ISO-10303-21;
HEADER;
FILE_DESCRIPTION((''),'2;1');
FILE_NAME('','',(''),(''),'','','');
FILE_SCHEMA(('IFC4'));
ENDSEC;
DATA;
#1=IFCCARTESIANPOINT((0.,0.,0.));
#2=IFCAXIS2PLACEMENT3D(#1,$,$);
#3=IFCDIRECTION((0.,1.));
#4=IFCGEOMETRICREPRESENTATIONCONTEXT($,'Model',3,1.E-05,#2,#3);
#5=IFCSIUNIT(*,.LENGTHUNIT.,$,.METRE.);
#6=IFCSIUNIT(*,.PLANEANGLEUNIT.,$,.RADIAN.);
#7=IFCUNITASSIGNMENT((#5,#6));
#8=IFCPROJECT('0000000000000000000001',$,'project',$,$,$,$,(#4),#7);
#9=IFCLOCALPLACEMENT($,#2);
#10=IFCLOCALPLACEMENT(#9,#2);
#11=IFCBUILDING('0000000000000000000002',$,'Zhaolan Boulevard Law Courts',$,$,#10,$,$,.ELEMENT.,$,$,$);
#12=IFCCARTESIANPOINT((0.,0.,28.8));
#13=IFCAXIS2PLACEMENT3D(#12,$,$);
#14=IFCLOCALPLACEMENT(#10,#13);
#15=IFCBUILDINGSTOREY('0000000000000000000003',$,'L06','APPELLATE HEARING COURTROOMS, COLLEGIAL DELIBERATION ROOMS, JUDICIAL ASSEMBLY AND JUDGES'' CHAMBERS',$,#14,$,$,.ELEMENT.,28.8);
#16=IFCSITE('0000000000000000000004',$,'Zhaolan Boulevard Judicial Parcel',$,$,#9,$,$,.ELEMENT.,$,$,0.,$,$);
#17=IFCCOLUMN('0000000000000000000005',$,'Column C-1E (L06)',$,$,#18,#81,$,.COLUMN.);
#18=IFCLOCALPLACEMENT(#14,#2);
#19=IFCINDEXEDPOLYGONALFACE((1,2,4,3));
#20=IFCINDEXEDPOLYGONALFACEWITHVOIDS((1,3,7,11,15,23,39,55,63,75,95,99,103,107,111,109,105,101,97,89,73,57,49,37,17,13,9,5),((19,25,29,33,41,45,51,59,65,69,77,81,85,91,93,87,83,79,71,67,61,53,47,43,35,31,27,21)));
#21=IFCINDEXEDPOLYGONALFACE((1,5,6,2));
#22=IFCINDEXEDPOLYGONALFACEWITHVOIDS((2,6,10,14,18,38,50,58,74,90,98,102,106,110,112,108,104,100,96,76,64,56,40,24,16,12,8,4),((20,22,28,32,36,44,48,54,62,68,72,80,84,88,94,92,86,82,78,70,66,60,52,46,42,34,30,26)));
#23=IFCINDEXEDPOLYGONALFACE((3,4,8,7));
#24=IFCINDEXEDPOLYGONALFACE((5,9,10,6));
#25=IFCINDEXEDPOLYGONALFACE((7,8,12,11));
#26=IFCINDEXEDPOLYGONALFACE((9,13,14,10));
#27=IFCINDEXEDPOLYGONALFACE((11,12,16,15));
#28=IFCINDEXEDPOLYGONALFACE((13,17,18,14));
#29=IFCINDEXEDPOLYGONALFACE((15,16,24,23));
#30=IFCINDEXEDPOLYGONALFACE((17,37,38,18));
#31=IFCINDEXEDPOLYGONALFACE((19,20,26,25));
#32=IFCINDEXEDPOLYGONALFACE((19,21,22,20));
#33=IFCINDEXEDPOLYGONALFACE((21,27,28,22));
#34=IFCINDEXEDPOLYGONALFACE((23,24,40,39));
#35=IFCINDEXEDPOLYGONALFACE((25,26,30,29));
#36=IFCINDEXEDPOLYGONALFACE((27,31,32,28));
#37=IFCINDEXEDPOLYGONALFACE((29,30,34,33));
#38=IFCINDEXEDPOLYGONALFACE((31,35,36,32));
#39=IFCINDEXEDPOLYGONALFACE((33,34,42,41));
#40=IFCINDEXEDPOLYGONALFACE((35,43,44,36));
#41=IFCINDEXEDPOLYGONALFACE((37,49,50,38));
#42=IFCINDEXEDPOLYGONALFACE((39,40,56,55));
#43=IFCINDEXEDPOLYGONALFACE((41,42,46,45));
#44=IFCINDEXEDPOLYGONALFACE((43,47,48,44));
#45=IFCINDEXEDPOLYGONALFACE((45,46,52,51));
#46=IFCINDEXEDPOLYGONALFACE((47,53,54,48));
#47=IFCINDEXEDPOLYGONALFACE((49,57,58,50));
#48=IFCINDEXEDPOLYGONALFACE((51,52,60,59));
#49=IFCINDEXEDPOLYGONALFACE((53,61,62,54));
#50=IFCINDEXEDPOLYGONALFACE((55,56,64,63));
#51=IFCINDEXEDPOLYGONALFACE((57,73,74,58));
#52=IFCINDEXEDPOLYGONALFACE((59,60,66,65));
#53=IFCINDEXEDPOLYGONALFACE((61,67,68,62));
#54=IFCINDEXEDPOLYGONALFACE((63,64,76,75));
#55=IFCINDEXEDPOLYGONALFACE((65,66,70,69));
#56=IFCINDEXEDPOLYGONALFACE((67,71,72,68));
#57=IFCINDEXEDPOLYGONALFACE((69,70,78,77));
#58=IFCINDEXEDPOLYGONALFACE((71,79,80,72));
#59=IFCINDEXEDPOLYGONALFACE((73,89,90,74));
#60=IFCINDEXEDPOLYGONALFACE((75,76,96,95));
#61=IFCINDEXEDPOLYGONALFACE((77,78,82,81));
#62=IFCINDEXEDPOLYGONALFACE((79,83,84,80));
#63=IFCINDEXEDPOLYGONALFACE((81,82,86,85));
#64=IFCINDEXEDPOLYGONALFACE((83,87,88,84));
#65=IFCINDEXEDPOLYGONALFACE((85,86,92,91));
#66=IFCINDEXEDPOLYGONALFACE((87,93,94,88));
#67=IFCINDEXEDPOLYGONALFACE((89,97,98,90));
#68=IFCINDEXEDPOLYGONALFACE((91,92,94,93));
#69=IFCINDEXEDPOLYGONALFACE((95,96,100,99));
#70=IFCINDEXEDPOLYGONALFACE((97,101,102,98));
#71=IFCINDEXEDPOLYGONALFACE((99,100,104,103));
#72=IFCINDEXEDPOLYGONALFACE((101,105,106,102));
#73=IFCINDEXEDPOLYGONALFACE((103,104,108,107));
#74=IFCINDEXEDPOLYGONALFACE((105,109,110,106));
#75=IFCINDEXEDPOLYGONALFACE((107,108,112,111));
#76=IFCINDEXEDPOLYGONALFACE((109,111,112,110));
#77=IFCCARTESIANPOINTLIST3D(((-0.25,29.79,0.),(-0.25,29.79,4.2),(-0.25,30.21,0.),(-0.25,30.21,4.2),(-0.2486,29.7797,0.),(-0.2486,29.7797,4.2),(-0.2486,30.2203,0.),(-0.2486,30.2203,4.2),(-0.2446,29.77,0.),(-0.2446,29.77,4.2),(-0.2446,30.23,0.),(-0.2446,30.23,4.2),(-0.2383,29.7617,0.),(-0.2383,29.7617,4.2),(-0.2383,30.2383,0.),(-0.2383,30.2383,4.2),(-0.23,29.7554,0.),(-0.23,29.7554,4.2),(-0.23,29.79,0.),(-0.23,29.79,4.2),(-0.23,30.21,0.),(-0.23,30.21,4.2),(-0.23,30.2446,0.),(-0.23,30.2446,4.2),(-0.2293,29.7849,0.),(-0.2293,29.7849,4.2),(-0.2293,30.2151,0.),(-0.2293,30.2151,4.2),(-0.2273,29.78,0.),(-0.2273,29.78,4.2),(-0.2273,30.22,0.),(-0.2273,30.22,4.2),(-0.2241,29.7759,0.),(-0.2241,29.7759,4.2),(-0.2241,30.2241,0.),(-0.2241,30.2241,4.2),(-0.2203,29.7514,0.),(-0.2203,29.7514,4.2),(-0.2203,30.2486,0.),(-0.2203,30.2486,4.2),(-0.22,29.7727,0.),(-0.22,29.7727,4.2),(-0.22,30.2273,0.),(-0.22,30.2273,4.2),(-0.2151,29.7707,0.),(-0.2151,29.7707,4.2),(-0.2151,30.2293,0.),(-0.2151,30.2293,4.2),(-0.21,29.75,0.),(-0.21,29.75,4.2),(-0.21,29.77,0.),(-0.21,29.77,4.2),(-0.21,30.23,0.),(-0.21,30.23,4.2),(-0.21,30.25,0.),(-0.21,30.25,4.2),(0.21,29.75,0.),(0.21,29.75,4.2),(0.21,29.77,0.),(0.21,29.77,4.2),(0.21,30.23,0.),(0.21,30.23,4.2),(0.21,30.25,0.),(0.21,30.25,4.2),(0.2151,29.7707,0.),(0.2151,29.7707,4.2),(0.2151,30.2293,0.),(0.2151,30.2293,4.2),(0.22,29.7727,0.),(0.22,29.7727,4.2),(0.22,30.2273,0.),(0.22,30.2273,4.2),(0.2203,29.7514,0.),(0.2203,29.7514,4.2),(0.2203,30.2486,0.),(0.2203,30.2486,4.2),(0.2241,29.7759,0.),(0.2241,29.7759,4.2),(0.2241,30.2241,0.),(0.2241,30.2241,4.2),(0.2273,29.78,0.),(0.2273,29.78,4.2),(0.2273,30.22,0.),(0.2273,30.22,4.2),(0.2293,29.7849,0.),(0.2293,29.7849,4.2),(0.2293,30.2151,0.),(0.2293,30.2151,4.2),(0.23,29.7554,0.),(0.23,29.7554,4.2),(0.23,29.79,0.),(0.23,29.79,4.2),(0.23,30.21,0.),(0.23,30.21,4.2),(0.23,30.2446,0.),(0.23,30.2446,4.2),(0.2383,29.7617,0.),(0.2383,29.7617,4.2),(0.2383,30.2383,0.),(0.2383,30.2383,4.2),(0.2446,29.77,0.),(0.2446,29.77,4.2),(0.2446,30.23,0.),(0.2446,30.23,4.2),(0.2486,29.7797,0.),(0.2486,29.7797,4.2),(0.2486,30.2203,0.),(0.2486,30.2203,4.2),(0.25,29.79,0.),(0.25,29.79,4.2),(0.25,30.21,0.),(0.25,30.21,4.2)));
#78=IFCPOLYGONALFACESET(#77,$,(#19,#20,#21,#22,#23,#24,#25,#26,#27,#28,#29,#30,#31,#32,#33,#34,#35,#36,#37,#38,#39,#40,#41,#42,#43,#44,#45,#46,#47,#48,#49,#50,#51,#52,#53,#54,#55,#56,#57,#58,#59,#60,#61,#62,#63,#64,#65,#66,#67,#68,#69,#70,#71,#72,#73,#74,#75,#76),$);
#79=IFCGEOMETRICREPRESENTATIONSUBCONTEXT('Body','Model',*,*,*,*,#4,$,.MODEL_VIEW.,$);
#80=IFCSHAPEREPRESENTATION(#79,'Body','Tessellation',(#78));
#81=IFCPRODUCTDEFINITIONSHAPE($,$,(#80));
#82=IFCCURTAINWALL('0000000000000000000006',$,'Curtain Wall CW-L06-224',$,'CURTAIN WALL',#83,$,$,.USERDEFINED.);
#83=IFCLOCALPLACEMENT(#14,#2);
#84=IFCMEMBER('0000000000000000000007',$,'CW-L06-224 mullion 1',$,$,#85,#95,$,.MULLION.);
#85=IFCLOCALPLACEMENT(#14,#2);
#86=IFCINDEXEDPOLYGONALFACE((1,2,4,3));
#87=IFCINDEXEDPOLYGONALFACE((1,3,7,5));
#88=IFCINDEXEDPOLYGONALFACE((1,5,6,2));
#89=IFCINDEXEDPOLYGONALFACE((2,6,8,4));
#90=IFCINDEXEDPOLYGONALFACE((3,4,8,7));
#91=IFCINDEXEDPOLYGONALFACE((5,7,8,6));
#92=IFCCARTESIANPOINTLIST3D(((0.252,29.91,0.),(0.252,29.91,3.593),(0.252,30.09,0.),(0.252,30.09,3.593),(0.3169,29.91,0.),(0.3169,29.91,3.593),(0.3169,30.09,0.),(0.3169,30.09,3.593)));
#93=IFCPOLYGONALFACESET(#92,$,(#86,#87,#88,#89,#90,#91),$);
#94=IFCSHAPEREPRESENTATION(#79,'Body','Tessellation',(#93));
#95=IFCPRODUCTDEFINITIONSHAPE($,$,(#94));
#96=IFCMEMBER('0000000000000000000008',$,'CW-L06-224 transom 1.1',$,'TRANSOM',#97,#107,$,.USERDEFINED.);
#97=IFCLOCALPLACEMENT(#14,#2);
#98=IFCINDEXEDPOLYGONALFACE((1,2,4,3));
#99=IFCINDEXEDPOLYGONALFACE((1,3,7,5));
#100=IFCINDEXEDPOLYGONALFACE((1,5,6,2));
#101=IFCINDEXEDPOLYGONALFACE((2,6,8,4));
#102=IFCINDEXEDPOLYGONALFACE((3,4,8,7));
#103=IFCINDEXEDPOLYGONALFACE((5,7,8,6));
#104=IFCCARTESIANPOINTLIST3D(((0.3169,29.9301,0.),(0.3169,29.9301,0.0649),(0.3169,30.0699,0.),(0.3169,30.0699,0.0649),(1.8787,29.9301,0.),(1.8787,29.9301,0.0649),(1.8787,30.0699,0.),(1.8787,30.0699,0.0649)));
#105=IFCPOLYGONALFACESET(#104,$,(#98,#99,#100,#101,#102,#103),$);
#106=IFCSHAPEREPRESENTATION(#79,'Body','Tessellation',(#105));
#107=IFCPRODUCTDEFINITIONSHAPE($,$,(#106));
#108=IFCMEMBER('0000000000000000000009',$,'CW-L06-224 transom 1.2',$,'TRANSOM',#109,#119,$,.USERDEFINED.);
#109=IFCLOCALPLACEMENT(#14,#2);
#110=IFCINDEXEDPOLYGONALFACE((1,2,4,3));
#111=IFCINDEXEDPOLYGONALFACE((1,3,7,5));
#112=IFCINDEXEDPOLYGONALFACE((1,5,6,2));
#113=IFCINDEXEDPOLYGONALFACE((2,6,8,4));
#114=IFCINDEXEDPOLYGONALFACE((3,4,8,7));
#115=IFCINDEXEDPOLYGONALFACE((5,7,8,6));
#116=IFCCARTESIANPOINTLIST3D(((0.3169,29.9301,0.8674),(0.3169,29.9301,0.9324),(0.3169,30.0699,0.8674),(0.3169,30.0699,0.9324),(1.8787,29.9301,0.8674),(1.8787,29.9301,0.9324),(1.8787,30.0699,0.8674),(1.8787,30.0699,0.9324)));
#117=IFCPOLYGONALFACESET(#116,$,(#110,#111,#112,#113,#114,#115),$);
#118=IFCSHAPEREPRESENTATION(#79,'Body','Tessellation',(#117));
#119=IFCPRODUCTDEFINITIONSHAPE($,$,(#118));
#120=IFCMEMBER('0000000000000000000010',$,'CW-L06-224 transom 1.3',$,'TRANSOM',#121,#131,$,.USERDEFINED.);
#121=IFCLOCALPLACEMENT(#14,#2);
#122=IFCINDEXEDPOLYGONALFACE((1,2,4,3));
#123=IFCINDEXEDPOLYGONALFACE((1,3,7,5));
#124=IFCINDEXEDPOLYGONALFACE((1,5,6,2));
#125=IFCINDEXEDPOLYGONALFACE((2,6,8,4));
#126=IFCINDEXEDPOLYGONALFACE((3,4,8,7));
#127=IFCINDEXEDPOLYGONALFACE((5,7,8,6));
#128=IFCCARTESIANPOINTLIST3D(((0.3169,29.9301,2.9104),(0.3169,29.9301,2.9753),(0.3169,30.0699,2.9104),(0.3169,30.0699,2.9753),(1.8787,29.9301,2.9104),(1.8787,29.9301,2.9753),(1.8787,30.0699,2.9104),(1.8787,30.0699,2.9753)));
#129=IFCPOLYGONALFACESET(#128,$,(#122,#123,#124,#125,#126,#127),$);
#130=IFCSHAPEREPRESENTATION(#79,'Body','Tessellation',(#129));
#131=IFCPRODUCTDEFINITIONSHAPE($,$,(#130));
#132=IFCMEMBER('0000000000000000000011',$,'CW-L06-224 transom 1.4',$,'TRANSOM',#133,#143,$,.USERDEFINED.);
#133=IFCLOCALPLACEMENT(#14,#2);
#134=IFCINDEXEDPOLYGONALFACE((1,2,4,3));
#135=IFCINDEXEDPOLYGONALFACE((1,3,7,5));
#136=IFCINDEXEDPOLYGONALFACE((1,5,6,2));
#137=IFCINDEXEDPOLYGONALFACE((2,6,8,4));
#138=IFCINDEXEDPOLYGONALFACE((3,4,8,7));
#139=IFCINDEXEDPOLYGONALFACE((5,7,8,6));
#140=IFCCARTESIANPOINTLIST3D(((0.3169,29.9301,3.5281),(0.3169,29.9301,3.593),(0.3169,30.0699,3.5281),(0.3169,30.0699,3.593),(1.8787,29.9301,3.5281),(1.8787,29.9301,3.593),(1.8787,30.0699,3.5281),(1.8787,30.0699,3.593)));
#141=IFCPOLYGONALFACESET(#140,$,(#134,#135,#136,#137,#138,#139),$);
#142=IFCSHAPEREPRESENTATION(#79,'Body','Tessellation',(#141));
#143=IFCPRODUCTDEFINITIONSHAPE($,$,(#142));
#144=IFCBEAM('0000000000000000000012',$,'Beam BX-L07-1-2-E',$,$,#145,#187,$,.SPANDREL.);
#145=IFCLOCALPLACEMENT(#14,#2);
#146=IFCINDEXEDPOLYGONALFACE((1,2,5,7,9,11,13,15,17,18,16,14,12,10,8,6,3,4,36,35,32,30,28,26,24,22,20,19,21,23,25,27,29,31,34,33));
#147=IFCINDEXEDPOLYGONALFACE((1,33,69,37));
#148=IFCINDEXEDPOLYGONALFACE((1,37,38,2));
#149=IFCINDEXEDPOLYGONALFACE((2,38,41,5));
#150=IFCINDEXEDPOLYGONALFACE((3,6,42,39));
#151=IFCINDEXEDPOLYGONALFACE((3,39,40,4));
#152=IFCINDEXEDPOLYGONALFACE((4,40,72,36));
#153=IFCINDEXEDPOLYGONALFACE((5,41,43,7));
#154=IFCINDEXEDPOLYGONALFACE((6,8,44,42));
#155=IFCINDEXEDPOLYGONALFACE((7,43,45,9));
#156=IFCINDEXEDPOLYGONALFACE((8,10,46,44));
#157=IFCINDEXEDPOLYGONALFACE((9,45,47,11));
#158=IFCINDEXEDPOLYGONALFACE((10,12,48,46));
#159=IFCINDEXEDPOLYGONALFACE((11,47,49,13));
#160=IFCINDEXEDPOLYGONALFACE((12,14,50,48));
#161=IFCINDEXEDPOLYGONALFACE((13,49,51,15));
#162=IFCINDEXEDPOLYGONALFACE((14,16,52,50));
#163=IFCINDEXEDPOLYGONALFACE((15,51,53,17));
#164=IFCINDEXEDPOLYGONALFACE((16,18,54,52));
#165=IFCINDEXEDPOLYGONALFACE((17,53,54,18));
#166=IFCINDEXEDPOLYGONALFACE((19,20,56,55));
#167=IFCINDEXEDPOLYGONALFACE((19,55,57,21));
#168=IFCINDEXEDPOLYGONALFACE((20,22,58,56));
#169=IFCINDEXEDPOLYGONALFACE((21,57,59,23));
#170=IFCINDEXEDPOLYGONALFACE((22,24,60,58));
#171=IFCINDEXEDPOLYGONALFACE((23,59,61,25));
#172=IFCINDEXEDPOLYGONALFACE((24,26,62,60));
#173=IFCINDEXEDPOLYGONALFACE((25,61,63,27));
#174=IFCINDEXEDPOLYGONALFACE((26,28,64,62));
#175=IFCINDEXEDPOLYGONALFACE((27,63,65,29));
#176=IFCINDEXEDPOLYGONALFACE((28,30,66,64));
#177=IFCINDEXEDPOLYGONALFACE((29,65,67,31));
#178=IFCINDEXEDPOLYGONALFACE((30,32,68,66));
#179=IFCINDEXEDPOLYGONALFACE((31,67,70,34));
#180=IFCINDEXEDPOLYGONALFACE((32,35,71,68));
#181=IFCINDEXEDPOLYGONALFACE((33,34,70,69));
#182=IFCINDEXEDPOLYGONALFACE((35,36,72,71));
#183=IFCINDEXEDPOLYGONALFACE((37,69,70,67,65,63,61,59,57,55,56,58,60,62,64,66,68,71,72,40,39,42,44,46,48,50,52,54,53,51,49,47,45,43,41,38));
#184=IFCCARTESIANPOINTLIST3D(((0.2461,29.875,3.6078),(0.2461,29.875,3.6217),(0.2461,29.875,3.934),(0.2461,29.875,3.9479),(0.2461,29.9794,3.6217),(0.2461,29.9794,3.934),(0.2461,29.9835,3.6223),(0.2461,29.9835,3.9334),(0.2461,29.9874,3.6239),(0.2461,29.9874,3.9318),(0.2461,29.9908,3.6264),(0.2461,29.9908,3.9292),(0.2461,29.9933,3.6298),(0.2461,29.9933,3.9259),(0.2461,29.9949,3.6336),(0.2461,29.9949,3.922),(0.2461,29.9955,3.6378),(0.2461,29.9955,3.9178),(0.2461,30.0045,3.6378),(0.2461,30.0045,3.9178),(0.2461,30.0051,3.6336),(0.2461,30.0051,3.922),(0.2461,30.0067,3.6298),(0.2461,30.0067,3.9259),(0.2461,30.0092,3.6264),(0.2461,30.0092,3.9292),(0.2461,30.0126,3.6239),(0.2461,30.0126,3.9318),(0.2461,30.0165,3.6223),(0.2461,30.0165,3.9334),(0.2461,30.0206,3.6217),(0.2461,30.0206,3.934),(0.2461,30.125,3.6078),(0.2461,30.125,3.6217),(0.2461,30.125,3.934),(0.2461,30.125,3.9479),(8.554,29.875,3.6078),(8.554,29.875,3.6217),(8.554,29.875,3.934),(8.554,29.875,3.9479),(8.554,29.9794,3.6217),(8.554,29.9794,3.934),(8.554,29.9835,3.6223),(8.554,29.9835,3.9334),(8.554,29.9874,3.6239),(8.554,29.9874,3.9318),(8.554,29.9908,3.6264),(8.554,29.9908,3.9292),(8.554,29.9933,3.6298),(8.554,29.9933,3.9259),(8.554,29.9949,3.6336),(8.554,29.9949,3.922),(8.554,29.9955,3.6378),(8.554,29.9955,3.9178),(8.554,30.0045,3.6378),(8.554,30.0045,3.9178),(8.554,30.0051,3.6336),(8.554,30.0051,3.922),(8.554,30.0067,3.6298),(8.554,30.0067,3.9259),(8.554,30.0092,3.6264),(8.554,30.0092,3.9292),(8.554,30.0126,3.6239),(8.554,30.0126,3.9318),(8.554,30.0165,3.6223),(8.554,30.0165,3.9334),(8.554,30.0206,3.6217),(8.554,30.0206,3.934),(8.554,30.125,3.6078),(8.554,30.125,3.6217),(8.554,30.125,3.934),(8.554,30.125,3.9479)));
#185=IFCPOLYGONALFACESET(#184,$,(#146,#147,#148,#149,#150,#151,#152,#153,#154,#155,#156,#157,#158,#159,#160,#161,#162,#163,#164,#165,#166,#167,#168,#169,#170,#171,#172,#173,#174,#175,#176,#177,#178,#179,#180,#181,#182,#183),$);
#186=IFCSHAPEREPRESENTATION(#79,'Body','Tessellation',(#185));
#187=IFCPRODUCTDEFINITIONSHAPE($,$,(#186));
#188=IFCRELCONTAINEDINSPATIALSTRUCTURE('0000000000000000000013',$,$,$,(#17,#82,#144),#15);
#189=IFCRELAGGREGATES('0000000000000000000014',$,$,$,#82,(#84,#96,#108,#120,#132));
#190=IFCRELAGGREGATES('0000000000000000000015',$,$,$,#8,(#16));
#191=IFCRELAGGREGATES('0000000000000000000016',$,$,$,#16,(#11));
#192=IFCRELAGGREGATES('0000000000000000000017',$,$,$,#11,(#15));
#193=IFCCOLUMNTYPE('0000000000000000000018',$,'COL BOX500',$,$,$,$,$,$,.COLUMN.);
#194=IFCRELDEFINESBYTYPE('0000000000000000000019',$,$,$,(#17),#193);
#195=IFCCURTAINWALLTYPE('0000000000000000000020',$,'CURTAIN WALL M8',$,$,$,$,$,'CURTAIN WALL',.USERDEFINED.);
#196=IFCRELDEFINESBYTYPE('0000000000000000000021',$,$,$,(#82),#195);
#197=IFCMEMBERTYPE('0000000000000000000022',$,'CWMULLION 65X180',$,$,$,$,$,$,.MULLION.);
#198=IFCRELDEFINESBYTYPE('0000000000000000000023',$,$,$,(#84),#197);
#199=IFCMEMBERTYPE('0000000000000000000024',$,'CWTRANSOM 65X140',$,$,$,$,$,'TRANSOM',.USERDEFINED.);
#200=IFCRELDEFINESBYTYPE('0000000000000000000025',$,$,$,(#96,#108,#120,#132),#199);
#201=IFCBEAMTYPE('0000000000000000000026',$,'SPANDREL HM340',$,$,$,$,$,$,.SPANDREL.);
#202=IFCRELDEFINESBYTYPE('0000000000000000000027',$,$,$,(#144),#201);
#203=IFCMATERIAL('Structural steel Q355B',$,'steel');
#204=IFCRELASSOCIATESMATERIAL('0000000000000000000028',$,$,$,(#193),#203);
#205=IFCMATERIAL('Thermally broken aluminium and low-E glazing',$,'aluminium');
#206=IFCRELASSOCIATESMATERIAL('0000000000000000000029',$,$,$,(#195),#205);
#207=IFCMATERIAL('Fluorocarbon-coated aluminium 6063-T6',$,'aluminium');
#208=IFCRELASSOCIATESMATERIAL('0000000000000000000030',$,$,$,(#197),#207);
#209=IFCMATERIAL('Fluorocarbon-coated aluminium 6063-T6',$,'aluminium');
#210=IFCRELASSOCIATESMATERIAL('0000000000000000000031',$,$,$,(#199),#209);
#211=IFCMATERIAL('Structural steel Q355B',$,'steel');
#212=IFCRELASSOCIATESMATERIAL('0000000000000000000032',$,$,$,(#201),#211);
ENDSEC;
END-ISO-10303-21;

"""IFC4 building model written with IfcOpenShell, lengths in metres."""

from ifc_helpers import new_model, si_unit, direction, frame, origin, origin_2d, place, context, subcontext, project, spatial, rectangle, hollow_rectangle, i_section, extrude, material, material_profile, profile_set, type_object, element, aggregate, save


model = new_model("IFC4")

# Units and contexts
model_context = context("Model", 3, precision=1e-05, world=origin(), true_north=direction((0.0, 1.0)))
body_context = subcontext(model_context, "Body", "Model", "MODEL_VIEW")
ifc_project = project(units=[si_unit("LENGTHUNIT", "METRE"), si_unit("PLANEANGLEUNIT", "RADIAN")], contexts=[model_context])

# Site, building, storey
site_placement = place(None, origin())
site = spatial("IfcSite", under=ifc_project, at=site_placement, Name="Zhaolan Boulevard Judicial Parcel", CompositionType="ELEMENT", RefElevation=0.0)
building_placement = place(site_placement, origin())
building = spatial("IfcBuilding", under=site, at=building_placement, Name="Zhaolan Boulevard Law Courts", CompositionType="ELEMENT")
storey_placement = place(building_placement, frame((0.0, 0.0, 28.8)))
storey = spatial("IfcBuildingStorey", under=building, at=storey_placement, Name="L06", Description="APPELLATE HEARING COURTROOMS, COLLEGIAL DELIBERATION ROOMS, JUDICIAL ASSEMBLY AND JUDGES' CHAMBERS", CompositionType="ELEMENT", Elevation=28.8)

# Column
ifc_material_1 = material(Name="Structural steel Q355B", Category="steel")
ifc_material_profile_1 = material_profile(ifc_material_1, hollow_rectangle(XDim=0.5, YDim=0.5, WallThickness=0.02, InnerFilletRadius=0.02, OuterFilletRadius=0.04, at=origin_2d()), Name="BOX500x500x20")
ifc_profile_set_1 = profile_set([ifc_material_profile_1], Name="Structural steel Q355B")
column_type = type_object("IfcColumnType", Name="COL BOX500", PredefinedType="COLUMN", material=ifc_profile_set_1)
column_placement = place(storey_placement, frame((0.0, 30.0, 0.0), z_axis=(0.0, 0.0, 1.0), x_axis=(1.0, 0.0, 0.0)))
element("IfcColumn", 1, at=column_placement, inside=storey, type_object=column_type, Name="Column C-1E (L06)", PredefinedType="COLUMN", context=body_context, shape_type="SweptSolid", body=[
    extrude(hollow_rectangle(XDim=0.5, YDim=0.5, WallThickness=0.02, InnerFilletRadius=0.02, OuterFilletRadius=0.04, at=origin_2d()), origin(), (0.0, 0.0, 1.0), 4.2),
])

# Curtain wall, members
ifc_material_2 = material(Name="Thermally broken aluminium and low-E glazing", Category="aluminium")
curtain_wall_type = type_object("IfcCurtainWallType", Name="CURTAIN WALL M8", ElementType="CURTAIN WALL", PredefinedType="USERDEFINED", material=ifc_material_2)
curtain_wall_placement = place(storey_placement, origin())
curtain_wall = element("IfcCurtainWall", 2, at=curtain_wall_placement, inside=storey, type_object=curtain_wall_type, Name="Curtain Wall CW-L06-224", ObjectType="CURTAIN WALL", PredefinedType="USERDEFINED")
ifc_material_3 = material(Name="Fluorocarbon-coated aluminium 6063-T6", Category="aluminium")
ifc_material_profile_2 = material_profile(ifc_material_3, rectangle(XDim=0.1799, YDim=0.0649, at=origin_2d()), Name="AL65x180")
ifc_profile_set_2 = profile_set([ifc_material_profile_2], Name="Fluorocarbon-coated aluminium 6063-T6")
member_type_1 = type_object("IfcMemberType", Name="CWMULLION 65X180", PredefinedType="MULLION", material=ifc_profile_set_2)
member_1_placement = place(storey_placement, frame((0.2844, 30.0, 0.0), z_axis=(0.0, 0.0, 1.0), x_axis=(0.0, 1.0, 0.0)))
member_1 = element("IfcMember", 3, at=member_1_placement, type_object=member_type_1, Name="CW-L06-224 mullion 1", PredefinedType="MULLION", context=body_context, shape_type="SweptSolid", body=[
    extrude(rectangle(XDim=0.1799, YDim=0.0649, at=origin_2d()), origin(), (0.0, 0.0, 1.0), 3.593),
])
ifc_material_4 = material(Name="Fluorocarbon-coated aluminium 6063-T6", Category="aluminium")
ifc_material_profile_3 = material_profile(ifc_material_4, rectangle(XDim=0.1399, YDim=0.0649, at=origin_2d()), Name="AL65x140")
ifc_profile_set_3 = profile_set([ifc_material_profile_3], Name="Fluorocarbon-coated aluminium 6063-T6")
member_type_2 = type_object("IfcMemberType", Name="CWTRANSOM 65X140", ElementType="TRANSOM", PredefinedType="USERDEFINED", material=ifc_profile_set_3)
member_2_placement = place(storey_placement, frame((0.3169, 30.0, 0.0325), z_axis=(1.0, 0.0, 0.0), x_axis=(0.0, 1.0, 0.0)))
member_2 = element("IfcMember", 4, at=member_2_placement, type_object=member_type_2, Name="CW-L06-224 transom 1.1", ObjectType="TRANSOM", PredefinedType="USERDEFINED", context=body_context, shape_type="SweptSolid", body=[
    extrude(rectangle(XDim=0.1399, YDim=0.0649, at=origin_2d()), origin(), (0.0, 0.0, 1.0), 1.5618),
])
member_3_placement = place(storey_placement, frame((0.3169, 30.0, 0.8999), z_axis=(1.0, 0.0, 0.0), x_axis=(0.0, 1.0, 0.0)))
member_3 = element("IfcMember", 5, at=member_3_placement, type_object=member_type_2, Name="CW-L06-224 transom 1.2", ObjectType="TRANSOM", PredefinedType="USERDEFINED", context=body_context, shape_type="SweptSolid", body=[
    extrude(rectangle(XDim=0.1399, YDim=0.0649, at=origin_2d()), origin(), (0.0, 0.0, 1.0), 1.5618),
])
member_4_placement = place(storey_placement, frame((0.3169, 30.0, 2.9429), z_axis=(1.0, 0.0, 0.0), x_axis=(0.0, 1.0, 0.0)))
member_4 = element("IfcMember", 6, at=member_4_placement, type_object=member_type_2, Name="CW-L06-224 transom 1.3", ObjectType="TRANSOM", PredefinedType="USERDEFINED", context=body_context, shape_type="SweptSolid", body=[
    extrude(rectangle(XDim=0.1399, YDim=0.0649, at=origin_2d()), origin(), (0.0, 0.0, 1.0), 1.5618),
])
member_5_placement = place(storey_placement, frame((0.3169, 30.0, 3.5605), z_axis=(1.0, 0.0, 0.0), x_axis=(0.0, 1.0, 0.0)))
member_5 = element("IfcMember", 7, at=member_5_placement, type_object=member_type_2, Name="CW-L06-224 transom 1.4", ObjectType="TRANSOM", PredefinedType="USERDEFINED", context=body_context, shape_type="SweptSolid", body=[
    extrude(rectangle(XDim=0.1399, YDim=0.0649, at=origin_2d()), origin(), (0.0, 0.0, 1.0), 1.5618),
])

# Beam
ifc_material_5 = material(Name="Structural steel Q355B", Category="steel")
ifc_material_profile_4 = material_profile(ifc_material_5, i_section(OverallWidth=0.25, OverallDepth=0.3401, WebThickness=0.009, FlangeThickness=0.0139, FilletRadius=0.0161, at=origin_2d()), Name="HM340x250")
ifc_profile_set_4 = profile_set([ifc_material_profile_4], Name="Structural steel Q355B")
beam_type = type_object("IfcBeamType", Name="SPANDREL HM340", PredefinedType="SPANDREL", material=ifc_profile_set_4)
beam_placement = place(storey_placement, frame((0.2461, 30.0, 3.7778), z_axis=(1.0, 0.0, 0.0), x_axis=(0.0, 1.0, 0.0)))
element("IfcBeam", 8, at=beam_placement, inside=storey, type_object=beam_type, Name="Beam BX-L07-1-2-E", PredefinedType="SPANDREL", context=body_context, shape_type="SweptSolid", body=[
    extrude(i_section(OverallWidth=0.25, OverallDepth=0.3401, WebThickness=0.009, FlangeThickness=0.0139, FilletRadius=0.0161, at=origin_2d()), origin(), (0.0, 0.0, 1.0), 8.3079),
])

aggregate(curtain_wall, [member_1, member_2, member_3, member_4, member_5])

save(model, "model.ifc")
